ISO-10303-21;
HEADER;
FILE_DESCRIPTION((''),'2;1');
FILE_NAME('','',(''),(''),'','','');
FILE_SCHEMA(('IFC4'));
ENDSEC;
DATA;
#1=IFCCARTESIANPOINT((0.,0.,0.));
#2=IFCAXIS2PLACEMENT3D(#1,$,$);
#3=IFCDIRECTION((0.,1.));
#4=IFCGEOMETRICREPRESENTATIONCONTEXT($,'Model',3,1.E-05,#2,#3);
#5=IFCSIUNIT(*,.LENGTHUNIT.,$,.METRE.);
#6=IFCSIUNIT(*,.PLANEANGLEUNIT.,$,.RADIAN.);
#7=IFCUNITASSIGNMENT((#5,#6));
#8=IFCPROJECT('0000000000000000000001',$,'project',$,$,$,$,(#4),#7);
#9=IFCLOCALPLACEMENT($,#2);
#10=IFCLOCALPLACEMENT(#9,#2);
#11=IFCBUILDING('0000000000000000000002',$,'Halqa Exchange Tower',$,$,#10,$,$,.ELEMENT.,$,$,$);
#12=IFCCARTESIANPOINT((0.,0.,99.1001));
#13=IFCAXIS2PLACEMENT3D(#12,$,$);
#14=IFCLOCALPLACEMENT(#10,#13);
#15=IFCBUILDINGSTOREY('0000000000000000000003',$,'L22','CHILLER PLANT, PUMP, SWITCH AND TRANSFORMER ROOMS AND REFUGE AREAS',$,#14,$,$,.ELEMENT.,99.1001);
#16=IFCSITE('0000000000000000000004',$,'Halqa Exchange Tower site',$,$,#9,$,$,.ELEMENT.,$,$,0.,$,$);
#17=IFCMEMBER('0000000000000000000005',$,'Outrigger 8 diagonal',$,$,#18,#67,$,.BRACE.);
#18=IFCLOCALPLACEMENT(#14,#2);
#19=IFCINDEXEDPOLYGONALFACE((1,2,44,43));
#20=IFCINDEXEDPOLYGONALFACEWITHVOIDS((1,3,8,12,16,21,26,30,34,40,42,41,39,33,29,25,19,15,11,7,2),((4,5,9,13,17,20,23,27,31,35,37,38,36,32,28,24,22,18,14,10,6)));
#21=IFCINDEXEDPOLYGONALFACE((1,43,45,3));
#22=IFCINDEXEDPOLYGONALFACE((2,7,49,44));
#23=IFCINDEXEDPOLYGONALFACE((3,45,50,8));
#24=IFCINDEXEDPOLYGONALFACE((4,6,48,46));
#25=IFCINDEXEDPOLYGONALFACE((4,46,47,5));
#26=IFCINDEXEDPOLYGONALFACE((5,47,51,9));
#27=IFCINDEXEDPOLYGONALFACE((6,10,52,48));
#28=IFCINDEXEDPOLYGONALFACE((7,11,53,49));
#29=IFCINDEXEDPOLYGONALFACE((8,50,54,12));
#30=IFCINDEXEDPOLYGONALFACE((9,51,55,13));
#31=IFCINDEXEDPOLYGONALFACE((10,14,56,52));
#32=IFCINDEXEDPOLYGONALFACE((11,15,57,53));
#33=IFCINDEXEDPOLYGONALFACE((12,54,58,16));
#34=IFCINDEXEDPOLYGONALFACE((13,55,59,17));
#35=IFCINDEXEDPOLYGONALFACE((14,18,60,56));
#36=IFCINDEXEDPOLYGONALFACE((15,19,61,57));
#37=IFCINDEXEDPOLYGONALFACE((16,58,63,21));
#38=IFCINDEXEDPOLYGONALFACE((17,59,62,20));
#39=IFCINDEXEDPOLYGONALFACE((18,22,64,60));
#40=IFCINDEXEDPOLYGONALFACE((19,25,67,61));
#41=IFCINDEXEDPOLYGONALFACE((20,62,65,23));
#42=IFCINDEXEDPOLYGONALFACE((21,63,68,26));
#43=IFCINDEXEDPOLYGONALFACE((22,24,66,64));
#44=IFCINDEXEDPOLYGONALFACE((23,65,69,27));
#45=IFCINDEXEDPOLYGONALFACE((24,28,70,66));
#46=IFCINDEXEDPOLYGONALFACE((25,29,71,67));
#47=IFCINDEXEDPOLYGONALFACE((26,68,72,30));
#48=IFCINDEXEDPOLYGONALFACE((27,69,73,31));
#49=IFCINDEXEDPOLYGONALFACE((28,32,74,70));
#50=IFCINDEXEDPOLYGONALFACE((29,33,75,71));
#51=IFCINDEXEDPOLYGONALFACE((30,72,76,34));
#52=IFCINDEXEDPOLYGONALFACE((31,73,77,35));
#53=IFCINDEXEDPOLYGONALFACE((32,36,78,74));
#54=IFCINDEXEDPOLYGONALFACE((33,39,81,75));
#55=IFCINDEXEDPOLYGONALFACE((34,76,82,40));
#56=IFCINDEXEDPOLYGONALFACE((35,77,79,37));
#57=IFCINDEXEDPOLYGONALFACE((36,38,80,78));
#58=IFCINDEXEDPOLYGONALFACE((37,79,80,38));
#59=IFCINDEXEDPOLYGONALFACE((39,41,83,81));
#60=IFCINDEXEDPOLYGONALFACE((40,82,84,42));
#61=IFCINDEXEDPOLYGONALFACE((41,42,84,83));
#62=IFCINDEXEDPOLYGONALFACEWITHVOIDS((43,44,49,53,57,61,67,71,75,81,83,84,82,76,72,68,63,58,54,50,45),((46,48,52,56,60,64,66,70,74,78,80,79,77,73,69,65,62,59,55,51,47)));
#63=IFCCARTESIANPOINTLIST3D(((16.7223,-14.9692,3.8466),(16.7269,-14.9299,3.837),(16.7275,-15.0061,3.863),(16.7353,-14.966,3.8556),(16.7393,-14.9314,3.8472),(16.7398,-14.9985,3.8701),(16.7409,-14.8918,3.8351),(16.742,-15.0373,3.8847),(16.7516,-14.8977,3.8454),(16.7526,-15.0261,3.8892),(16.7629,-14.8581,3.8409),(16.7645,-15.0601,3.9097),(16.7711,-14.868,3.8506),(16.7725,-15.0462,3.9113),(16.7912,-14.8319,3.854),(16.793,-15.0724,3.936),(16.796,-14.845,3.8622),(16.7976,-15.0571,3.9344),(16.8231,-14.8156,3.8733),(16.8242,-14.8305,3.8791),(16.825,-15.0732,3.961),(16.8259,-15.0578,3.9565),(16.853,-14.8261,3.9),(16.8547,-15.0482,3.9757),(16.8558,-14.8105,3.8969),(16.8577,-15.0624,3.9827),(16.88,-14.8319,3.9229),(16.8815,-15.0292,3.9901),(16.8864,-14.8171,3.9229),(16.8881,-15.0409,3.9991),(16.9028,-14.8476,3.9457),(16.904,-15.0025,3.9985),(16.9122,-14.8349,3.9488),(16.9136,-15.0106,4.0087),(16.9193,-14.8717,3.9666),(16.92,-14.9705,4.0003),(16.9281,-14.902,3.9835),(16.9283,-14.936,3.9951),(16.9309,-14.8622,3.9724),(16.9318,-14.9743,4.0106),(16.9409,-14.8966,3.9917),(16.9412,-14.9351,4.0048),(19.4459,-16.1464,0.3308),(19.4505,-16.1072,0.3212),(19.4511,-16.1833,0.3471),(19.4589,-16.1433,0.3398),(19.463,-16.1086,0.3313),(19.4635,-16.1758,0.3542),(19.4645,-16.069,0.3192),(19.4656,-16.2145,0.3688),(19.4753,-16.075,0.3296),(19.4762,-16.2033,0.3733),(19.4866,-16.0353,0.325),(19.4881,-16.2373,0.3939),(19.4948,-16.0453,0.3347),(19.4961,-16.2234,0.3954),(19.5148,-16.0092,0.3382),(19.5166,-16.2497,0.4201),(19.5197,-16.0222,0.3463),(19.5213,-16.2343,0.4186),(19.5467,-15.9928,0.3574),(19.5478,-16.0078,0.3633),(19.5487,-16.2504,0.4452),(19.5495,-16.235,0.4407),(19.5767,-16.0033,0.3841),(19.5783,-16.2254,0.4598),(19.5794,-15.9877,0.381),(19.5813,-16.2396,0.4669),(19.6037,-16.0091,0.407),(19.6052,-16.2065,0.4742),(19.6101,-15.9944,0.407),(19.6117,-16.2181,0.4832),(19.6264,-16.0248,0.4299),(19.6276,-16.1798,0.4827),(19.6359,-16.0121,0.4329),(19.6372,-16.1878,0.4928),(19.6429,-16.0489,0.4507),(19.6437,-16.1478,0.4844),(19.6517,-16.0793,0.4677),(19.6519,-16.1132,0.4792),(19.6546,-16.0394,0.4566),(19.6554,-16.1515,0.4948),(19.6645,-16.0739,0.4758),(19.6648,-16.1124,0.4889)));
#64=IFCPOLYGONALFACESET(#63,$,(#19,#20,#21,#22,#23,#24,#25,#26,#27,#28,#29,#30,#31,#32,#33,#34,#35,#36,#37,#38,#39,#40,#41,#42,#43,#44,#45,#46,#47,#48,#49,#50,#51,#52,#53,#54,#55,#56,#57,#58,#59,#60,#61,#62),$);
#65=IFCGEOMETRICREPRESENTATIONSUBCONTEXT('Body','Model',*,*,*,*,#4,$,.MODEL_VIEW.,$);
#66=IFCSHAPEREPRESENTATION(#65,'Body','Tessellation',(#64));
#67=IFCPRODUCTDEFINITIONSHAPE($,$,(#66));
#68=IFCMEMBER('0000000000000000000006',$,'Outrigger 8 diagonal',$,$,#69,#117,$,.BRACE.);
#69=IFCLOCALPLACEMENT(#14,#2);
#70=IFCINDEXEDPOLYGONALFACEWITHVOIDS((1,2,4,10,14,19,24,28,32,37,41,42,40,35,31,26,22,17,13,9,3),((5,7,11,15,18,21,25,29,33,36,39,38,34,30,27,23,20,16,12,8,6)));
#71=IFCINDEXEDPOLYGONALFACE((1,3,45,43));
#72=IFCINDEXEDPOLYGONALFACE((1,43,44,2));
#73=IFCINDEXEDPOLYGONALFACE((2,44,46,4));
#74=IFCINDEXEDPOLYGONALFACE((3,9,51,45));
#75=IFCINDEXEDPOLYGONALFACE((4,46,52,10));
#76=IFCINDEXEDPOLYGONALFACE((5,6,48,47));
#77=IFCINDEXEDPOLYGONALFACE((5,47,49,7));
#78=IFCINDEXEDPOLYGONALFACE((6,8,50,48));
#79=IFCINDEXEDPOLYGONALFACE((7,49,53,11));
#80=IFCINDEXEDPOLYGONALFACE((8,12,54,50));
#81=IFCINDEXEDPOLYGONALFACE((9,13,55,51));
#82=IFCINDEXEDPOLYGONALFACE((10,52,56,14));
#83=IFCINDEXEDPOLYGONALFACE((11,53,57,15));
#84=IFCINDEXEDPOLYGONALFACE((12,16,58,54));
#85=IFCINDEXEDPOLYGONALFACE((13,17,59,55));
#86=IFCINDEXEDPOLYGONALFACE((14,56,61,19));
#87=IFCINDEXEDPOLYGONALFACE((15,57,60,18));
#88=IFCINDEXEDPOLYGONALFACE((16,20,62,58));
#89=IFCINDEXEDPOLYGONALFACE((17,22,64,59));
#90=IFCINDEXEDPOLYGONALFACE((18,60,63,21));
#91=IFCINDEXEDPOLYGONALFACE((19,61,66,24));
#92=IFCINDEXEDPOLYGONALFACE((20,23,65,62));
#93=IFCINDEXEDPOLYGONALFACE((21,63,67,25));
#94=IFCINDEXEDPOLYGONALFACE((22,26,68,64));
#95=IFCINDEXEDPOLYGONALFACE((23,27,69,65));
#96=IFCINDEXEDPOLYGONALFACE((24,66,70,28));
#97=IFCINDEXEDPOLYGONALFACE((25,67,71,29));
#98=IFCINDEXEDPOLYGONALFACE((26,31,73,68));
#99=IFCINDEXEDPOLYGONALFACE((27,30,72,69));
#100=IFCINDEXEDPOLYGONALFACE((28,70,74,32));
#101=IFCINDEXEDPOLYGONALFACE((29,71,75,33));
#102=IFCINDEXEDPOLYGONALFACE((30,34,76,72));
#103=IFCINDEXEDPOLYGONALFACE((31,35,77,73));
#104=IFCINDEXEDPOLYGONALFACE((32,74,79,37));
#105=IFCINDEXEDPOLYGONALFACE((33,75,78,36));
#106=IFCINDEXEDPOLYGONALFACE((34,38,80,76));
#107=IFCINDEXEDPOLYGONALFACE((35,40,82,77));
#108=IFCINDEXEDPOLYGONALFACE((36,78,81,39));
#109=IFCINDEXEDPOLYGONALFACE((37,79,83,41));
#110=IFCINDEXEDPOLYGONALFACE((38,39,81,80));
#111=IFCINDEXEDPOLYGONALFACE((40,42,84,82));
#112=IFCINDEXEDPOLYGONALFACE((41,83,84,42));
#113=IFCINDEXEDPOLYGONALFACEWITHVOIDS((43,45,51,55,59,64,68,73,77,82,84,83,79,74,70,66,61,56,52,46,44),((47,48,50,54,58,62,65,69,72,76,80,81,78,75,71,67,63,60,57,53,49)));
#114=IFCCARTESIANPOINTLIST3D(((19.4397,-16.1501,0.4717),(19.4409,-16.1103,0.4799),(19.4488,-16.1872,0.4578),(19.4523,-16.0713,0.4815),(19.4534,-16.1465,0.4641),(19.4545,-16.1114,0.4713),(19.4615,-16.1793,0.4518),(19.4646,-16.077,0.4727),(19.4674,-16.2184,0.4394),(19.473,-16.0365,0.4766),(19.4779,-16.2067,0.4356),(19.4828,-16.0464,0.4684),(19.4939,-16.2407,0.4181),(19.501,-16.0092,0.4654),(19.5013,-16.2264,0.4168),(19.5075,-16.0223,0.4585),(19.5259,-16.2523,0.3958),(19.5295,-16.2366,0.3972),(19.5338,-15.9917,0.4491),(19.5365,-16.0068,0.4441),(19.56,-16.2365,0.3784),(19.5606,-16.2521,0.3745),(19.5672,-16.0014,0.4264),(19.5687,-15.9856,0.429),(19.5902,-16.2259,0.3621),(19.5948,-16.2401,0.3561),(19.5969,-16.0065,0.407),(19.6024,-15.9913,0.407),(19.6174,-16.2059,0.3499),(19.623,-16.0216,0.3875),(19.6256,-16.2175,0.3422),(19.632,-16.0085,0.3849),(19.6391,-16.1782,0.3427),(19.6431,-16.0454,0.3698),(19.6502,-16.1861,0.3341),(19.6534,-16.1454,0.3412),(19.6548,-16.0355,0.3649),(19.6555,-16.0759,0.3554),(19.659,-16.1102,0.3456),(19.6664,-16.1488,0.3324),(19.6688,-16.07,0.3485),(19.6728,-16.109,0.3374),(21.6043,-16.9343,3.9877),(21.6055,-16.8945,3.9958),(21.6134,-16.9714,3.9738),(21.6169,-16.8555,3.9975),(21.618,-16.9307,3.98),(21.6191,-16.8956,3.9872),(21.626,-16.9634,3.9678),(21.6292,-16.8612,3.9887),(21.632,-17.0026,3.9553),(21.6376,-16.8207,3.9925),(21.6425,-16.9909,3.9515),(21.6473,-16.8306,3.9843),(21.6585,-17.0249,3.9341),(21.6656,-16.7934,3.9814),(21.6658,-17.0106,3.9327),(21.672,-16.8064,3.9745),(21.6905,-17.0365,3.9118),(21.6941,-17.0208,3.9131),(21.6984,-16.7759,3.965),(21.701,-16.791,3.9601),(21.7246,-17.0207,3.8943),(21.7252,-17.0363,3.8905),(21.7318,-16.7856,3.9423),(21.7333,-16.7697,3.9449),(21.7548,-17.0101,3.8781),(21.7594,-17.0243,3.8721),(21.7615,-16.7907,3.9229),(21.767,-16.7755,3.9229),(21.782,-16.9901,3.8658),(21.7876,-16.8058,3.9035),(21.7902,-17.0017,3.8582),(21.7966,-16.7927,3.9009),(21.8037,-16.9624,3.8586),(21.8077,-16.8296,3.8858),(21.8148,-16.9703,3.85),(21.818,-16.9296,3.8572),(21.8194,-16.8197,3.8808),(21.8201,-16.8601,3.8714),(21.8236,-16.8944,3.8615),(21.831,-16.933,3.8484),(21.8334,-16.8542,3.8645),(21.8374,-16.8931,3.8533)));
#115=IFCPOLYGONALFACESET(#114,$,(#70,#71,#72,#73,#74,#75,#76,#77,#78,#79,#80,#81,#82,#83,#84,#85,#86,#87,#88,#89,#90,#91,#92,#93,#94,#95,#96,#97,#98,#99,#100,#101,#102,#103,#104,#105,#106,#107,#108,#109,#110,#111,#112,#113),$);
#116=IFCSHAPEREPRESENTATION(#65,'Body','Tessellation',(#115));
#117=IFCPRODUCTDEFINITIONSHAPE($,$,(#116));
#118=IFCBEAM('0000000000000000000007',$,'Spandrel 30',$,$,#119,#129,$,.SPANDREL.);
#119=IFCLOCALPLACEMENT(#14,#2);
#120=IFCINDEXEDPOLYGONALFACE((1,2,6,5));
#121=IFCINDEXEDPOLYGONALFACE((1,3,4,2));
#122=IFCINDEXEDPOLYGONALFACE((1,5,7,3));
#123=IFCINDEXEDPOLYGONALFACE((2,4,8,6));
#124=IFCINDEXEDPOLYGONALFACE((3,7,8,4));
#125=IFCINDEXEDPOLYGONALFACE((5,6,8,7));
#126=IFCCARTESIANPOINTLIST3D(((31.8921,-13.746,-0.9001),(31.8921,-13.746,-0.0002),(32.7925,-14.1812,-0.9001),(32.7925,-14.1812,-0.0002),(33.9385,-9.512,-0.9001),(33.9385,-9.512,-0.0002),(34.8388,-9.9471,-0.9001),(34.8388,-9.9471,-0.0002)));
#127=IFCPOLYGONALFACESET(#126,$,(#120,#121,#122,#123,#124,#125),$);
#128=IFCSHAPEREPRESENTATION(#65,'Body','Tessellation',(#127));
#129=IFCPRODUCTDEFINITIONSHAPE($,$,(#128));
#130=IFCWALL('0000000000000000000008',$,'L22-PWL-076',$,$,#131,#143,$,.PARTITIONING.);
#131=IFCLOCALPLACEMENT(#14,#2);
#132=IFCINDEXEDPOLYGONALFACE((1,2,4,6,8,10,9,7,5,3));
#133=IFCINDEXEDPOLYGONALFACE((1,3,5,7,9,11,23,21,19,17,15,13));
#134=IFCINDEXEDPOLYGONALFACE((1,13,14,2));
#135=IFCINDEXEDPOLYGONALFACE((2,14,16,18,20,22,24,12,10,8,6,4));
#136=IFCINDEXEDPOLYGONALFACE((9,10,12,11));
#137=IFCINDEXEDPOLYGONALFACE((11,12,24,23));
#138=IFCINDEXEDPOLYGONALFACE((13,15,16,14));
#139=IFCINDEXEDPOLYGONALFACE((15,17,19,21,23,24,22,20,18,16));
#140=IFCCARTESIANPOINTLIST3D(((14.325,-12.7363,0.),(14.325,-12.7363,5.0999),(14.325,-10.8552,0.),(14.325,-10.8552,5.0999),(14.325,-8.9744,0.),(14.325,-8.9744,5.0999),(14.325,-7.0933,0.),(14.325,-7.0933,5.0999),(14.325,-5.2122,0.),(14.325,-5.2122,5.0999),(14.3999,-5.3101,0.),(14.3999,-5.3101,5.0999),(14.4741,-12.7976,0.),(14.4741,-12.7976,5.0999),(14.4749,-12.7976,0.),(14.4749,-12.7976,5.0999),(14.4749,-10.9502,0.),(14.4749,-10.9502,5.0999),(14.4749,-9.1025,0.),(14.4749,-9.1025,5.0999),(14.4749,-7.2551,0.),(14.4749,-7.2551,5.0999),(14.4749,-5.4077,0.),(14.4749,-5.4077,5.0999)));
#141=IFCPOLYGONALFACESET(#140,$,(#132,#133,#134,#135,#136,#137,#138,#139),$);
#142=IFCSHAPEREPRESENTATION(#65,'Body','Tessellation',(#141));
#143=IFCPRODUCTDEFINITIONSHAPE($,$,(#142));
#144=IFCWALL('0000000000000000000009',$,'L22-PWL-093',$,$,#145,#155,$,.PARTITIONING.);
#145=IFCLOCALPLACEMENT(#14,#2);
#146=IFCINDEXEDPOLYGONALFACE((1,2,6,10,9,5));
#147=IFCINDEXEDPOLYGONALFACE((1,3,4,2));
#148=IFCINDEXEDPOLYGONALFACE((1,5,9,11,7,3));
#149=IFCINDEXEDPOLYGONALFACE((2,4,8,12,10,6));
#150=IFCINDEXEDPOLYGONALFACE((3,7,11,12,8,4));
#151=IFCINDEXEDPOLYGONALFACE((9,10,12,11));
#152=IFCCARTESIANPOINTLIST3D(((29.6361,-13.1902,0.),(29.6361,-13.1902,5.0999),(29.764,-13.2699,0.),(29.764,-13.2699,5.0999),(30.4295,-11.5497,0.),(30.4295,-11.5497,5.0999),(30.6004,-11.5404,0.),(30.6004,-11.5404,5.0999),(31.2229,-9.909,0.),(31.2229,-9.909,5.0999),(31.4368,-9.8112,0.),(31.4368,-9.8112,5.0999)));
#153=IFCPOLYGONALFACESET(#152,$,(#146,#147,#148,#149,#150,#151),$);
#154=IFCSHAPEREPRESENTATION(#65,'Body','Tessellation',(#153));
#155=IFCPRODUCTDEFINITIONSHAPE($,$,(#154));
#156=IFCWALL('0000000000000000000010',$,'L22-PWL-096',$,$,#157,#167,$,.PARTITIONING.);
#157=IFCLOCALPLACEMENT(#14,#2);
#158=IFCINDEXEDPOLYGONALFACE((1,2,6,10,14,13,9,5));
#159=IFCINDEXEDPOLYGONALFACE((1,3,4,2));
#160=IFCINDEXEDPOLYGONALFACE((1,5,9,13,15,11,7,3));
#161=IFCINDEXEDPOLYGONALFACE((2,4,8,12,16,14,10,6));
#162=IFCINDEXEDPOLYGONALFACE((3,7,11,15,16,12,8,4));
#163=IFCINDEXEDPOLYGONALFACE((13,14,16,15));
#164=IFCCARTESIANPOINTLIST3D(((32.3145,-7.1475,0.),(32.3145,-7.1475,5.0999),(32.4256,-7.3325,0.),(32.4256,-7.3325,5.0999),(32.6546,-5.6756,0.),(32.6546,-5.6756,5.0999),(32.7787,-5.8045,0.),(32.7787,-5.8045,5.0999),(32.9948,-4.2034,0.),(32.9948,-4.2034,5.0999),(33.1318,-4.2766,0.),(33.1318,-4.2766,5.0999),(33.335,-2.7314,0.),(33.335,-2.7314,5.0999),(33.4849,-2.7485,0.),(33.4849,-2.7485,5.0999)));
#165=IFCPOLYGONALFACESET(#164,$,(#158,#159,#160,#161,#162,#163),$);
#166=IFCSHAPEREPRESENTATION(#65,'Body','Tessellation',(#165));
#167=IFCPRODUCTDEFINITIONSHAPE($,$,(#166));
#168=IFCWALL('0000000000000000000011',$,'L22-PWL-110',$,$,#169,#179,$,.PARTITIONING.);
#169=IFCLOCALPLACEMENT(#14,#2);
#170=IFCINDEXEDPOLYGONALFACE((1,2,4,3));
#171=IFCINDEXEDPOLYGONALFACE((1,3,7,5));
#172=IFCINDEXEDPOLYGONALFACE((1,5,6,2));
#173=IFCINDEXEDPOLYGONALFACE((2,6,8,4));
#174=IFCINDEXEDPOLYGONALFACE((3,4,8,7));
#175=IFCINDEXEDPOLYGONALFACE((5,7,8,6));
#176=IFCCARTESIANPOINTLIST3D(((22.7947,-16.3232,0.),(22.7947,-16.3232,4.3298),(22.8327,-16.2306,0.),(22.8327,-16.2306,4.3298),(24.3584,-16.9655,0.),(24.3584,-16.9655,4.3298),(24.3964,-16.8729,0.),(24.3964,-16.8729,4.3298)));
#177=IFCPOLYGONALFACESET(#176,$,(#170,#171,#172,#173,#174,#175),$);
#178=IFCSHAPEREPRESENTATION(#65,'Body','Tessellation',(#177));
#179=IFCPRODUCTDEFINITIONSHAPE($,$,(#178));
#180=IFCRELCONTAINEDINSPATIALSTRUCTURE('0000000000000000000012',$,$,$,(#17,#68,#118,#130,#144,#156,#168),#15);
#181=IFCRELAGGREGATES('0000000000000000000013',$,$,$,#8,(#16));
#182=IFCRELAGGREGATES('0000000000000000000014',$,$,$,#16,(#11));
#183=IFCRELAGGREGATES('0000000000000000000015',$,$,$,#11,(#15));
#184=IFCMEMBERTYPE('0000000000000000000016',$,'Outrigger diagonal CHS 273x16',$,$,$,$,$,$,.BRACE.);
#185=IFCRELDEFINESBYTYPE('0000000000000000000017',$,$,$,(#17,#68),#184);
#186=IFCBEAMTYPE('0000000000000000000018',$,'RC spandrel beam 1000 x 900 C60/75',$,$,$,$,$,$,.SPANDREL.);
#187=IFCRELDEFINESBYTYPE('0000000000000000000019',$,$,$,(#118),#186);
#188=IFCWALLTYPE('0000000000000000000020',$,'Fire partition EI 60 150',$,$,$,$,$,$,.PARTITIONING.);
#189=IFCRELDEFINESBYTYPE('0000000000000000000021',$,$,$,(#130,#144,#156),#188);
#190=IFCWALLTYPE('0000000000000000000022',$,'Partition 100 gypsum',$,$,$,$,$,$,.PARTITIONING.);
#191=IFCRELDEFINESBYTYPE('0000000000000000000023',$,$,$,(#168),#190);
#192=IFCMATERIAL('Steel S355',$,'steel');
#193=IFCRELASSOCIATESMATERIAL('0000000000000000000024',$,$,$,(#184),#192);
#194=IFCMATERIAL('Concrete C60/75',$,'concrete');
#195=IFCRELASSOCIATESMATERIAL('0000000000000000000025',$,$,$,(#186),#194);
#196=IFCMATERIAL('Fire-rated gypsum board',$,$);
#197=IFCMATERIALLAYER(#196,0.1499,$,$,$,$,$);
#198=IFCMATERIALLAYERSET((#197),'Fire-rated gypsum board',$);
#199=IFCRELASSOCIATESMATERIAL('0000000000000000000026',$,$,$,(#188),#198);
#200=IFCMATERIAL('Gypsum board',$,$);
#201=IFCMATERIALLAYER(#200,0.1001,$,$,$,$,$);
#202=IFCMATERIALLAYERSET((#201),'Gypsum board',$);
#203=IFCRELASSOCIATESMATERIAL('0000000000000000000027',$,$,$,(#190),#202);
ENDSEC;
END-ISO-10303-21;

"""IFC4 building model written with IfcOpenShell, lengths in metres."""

from ifc_helpers import new_model, si_unit, direction, frame, origin, origin_2d, place, context, subcontext, project, spatial, polyline, rectangle, hollow_circle, outline, extrude, material, layer, layer_set, material_profile, profile_set, type_object, element, save


model = new_model("IFC4")

# Units and contexts
model_context = context("Model", 3, precision=1e-05, world=origin(), true_north=direction((0.0, 1.0)))
body_context = subcontext(model_context, "Body", "Model", "MODEL_VIEW")
ifc_project = project(units=[si_unit("LENGTHUNIT", "METRE"), si_unit("PLANEANGLEUNIT", "RADIAN")], contexts=[model_context])

# Site, building, storey
site_placement = place(None, origin())
site = spatial("IfcSite", under=ifc_project, at=site_placement, Name="Halqa Exchange Tower site", CompositionType="ELEMENT", RefElevation=0.0)
building_placement = place(site_placement, origin())
building = spatial("IfcBuilding", under=site, at=building_placement, Name="Halqa Exchange Tower", CompositionType="ELEMENT")
storey_placement = place(building_placement, frame((0.0, 0.0, 99.1001)))
storey = spatial("IfcBuildingStorey", under=building, at=storey_placement, Name="L22", Description="CHILLER PLANT, PUMP, SWITCH AND TRANSFORMER ROOMS AND REFUGE AREAS", CompositionType="ELEMENT", Elevation=99.1001)

# Members
ifc_material_1 = material(Name="Steel S355", Category="steel")
ifc_material_profile_1 = material_profile(ifc_material_1, hollow_circle(Radius=0.1365, WallThickness=0.0161, at=origin_2d()), Name="CHS 273x16")
ifc_profile_set_1 = profile_set([ifc_material_profile_1], Name="Steel S355")
member_type_1 = type_object("IfcMemberType", Name="Outrigger diagonal CHS 273x16", PredefinedType="BRACE", material=ifc_profile_set_1)
member_1_placement = place(storey_placement, frame((16.8323, -14.9424, 3.9229), z_axis=(0.592018, -0.25589, -0.764222), x_axis=(0.396758, 0.917923, 0.0)))
element("IfcMember", 1, at=member_1_placement, inside=storey, type_object=member_type_1, Name="Outrigger 8 diagonal", PredefinedType="BRACE", context=body_context, shape_type="SweptSolid", body=[
    extrude(hollow_circle(Radius=0.1365, WallThickness=0.0161, at=origin_2d()), origin(), (0.0, 0.0, 1.0), 4.6006),
])
member_2_placement = place(storey_placement, frame((19.5559, -16.1196, 0.407), z_axis=(0.515055, -0.186595, 0.836601), x_axis=(0.340619, 0.940201, 0.0)))
element("IfcMember", 2, at=member_2_placement, inside=storey, type_object=member_type_1, Name="Outrigger 8 diagonal", PredefinedType="BRACE", context=body_context, shape_type="SweptSolid", body=[
    extrude(hollow_circle(Radius=0.1365, WallThickness=0.0161, at=origin_2d()), origin(), (0.0, 0.0, 1.0), 4.2026),
])

# Beam
ifc_material_2 = material(Name="Concrete C60/75", Category="concrete")
ifc_material_profile_2 = material_profile(ifc_material_2, rectangle(XDim=1.0, YDim=0.8999, at=origin_2d()), Name="1000 x 900")
ifc_profile_set_2 = profile_set([ifc_material_profile_2], Name="Concrete C60/75")
beam_type = type_object("IfcBeamType", Name="RC spandrel beam 1000 x 900 C60/75", PredefinedType="SPANDREL", material=ifc_profile_set_2)
beam_placement = place(storey_placement, frame((32.3423, -13.9636, -0.4502), z_axis=(0.43515, 0.900358, 0.0), x_axis=(-0.900358, 0.43515, 0.0)))
element("IfcBeam", 3, at=beam_placement, inside=storey, type_object=beam_type, Name="Spandrel 30", PredefinedType="SPANDREL", context=body_context, shape_type="SweptSolid", body=[
    extrude(rectangle(XDim=1.0, YDim=0.8999, at=origin_2d()), origin(), (0.0, 0.0, 1.0), 4.7026),
])

# Walls
ifc_material_3 = material(Name="Fire-rated gypsum board")
ifc_layer_1 = layer(ifc_material_3, 0.1499)
ifc_layer_set_1 = layer_set([ifc_layer_1], Name="Fire-rated gypsum board")
wall_type_1 = type_object("IfcWallType", Name="Fire partition EI 60 150", PredefinedType="PARTITIONING", material=ifc_layer_set_1)
wall_1_placement = place(storey_placement, frame((14.3999, -5.2122, 0.0), z_axis=(0.0, 0.0, 1.0), x_axis=(0.0, -1.0, 0.0)))
element("IfcWall", 4, at=wall_1_placement, inside=storey, type_object=wall_type_1, Name="L22-PWL-076", PredefinedType="PARTITIONING", context=body_context, shape_type="SweptSolid", body=[
    extrude(outline(polyline([(0.0, -0.075), (1.8811, -0.075), (3.7622, -0.075), (5.6431, -0.075), (7.5242, -0.075), (7.5854, 0.0742), (7.5854, 0.075), (5.738, 0.075), (3.8904, 0.075), (2.043, 0.075), (0.1956, 0.075), (0.0979, 0.0), (0.0, -0.075), (0.0, -0.075), (0.0, -0.075), (0.0, -0.075)])), origin(), (0.0, 0.0, 1.0), 5.0999),
])
wall_2_placement = place(storey_placement, frame((29.6965, -13.2373, 0.0), z_axis=(0.0, 0.0, 1.0), x_axis=(0.435382, 0.900246, 0.0)))
element("IfcWall", 5, at=wall_2_placement, inside=storey, type_object=wall_type_1, Name="L22-PWL-093", PredefinedType="PARTITIONING", context=body_context, shape_type="SweptSolid", body=[
    extrude(outline(polyline([(0.0, -0.075), (1.9211, -0.075), (3.842, -0.075), (3.6609, 0.075), (1.8384, 0.075), (0.0161, 0.075), (0.0, -0.075)])), origin(), (0.0, 0.0, 1.0), 5.0999),
])

# Walls
wall_3_placement = place(storey_placement, frame((32.3525, -7.3157, 0.0), z_axis=(0.0, 0.0, 1.0), x_axis=(0.225159, 0.974322, 0.0)))
element("IfcWall", 6, at=wall_3_placement, inside=storey, type_object=wall_type_1, Name="L22-PWL-096", PredefinedType="PARTITIONING", context=body_context, shape_type="SweptSolid", body=[
    extrude(outline(polyline([(0.0, -0.075), (1.5684, -0.075), (3.1365, -0.075), (4.7048, -0.075), (4.6877, 0.075), (3.177, 0.075), (1.666, 0.075), (0.1553, 0.075), (0.0, -0.075), (0.0, -0.075)])), origin(), (0.0, 0.0, 1.0), 5.0999),
])
ifc_material_4 = material(Name="Gypsum board")
ifc_layer_2 = layer(ifc_material_4, 0.1001)
ifc_layer_set_2 = layer_set([ifc_layer_2], Name="Gypsum board")
wall_type_2 = type_object("IfcWallType", Name="Partition 100 gypsum", PredefinedType="PARTITIONING", material=ifc_layer_set_2)
wall_4_placement = place(storey_placement, frame((22.8137, -16.2769, 0.0), z_axis=(0.0, 0.0, 1.0), x_axis=(0.925001, -0.379965, 0.0)))
element("IfcWall", 7, at=wall_4_placement, inside=storey, type_object=wall_type_2, Name="L22-PWL-110", PredefinedType="PARTITIONING", context=body_context, shape_type="SweptSolid", body=[
    extrude(outline(polyline([(0.0, 0.05), (0.0, -0.05), (1.6904, -0.05), (1.6904, 0.05), (0.0, 0.05)])), origin(), (0.0, 0.0, 1.0), 4.3298),
])

save(model, "model.ifc")
